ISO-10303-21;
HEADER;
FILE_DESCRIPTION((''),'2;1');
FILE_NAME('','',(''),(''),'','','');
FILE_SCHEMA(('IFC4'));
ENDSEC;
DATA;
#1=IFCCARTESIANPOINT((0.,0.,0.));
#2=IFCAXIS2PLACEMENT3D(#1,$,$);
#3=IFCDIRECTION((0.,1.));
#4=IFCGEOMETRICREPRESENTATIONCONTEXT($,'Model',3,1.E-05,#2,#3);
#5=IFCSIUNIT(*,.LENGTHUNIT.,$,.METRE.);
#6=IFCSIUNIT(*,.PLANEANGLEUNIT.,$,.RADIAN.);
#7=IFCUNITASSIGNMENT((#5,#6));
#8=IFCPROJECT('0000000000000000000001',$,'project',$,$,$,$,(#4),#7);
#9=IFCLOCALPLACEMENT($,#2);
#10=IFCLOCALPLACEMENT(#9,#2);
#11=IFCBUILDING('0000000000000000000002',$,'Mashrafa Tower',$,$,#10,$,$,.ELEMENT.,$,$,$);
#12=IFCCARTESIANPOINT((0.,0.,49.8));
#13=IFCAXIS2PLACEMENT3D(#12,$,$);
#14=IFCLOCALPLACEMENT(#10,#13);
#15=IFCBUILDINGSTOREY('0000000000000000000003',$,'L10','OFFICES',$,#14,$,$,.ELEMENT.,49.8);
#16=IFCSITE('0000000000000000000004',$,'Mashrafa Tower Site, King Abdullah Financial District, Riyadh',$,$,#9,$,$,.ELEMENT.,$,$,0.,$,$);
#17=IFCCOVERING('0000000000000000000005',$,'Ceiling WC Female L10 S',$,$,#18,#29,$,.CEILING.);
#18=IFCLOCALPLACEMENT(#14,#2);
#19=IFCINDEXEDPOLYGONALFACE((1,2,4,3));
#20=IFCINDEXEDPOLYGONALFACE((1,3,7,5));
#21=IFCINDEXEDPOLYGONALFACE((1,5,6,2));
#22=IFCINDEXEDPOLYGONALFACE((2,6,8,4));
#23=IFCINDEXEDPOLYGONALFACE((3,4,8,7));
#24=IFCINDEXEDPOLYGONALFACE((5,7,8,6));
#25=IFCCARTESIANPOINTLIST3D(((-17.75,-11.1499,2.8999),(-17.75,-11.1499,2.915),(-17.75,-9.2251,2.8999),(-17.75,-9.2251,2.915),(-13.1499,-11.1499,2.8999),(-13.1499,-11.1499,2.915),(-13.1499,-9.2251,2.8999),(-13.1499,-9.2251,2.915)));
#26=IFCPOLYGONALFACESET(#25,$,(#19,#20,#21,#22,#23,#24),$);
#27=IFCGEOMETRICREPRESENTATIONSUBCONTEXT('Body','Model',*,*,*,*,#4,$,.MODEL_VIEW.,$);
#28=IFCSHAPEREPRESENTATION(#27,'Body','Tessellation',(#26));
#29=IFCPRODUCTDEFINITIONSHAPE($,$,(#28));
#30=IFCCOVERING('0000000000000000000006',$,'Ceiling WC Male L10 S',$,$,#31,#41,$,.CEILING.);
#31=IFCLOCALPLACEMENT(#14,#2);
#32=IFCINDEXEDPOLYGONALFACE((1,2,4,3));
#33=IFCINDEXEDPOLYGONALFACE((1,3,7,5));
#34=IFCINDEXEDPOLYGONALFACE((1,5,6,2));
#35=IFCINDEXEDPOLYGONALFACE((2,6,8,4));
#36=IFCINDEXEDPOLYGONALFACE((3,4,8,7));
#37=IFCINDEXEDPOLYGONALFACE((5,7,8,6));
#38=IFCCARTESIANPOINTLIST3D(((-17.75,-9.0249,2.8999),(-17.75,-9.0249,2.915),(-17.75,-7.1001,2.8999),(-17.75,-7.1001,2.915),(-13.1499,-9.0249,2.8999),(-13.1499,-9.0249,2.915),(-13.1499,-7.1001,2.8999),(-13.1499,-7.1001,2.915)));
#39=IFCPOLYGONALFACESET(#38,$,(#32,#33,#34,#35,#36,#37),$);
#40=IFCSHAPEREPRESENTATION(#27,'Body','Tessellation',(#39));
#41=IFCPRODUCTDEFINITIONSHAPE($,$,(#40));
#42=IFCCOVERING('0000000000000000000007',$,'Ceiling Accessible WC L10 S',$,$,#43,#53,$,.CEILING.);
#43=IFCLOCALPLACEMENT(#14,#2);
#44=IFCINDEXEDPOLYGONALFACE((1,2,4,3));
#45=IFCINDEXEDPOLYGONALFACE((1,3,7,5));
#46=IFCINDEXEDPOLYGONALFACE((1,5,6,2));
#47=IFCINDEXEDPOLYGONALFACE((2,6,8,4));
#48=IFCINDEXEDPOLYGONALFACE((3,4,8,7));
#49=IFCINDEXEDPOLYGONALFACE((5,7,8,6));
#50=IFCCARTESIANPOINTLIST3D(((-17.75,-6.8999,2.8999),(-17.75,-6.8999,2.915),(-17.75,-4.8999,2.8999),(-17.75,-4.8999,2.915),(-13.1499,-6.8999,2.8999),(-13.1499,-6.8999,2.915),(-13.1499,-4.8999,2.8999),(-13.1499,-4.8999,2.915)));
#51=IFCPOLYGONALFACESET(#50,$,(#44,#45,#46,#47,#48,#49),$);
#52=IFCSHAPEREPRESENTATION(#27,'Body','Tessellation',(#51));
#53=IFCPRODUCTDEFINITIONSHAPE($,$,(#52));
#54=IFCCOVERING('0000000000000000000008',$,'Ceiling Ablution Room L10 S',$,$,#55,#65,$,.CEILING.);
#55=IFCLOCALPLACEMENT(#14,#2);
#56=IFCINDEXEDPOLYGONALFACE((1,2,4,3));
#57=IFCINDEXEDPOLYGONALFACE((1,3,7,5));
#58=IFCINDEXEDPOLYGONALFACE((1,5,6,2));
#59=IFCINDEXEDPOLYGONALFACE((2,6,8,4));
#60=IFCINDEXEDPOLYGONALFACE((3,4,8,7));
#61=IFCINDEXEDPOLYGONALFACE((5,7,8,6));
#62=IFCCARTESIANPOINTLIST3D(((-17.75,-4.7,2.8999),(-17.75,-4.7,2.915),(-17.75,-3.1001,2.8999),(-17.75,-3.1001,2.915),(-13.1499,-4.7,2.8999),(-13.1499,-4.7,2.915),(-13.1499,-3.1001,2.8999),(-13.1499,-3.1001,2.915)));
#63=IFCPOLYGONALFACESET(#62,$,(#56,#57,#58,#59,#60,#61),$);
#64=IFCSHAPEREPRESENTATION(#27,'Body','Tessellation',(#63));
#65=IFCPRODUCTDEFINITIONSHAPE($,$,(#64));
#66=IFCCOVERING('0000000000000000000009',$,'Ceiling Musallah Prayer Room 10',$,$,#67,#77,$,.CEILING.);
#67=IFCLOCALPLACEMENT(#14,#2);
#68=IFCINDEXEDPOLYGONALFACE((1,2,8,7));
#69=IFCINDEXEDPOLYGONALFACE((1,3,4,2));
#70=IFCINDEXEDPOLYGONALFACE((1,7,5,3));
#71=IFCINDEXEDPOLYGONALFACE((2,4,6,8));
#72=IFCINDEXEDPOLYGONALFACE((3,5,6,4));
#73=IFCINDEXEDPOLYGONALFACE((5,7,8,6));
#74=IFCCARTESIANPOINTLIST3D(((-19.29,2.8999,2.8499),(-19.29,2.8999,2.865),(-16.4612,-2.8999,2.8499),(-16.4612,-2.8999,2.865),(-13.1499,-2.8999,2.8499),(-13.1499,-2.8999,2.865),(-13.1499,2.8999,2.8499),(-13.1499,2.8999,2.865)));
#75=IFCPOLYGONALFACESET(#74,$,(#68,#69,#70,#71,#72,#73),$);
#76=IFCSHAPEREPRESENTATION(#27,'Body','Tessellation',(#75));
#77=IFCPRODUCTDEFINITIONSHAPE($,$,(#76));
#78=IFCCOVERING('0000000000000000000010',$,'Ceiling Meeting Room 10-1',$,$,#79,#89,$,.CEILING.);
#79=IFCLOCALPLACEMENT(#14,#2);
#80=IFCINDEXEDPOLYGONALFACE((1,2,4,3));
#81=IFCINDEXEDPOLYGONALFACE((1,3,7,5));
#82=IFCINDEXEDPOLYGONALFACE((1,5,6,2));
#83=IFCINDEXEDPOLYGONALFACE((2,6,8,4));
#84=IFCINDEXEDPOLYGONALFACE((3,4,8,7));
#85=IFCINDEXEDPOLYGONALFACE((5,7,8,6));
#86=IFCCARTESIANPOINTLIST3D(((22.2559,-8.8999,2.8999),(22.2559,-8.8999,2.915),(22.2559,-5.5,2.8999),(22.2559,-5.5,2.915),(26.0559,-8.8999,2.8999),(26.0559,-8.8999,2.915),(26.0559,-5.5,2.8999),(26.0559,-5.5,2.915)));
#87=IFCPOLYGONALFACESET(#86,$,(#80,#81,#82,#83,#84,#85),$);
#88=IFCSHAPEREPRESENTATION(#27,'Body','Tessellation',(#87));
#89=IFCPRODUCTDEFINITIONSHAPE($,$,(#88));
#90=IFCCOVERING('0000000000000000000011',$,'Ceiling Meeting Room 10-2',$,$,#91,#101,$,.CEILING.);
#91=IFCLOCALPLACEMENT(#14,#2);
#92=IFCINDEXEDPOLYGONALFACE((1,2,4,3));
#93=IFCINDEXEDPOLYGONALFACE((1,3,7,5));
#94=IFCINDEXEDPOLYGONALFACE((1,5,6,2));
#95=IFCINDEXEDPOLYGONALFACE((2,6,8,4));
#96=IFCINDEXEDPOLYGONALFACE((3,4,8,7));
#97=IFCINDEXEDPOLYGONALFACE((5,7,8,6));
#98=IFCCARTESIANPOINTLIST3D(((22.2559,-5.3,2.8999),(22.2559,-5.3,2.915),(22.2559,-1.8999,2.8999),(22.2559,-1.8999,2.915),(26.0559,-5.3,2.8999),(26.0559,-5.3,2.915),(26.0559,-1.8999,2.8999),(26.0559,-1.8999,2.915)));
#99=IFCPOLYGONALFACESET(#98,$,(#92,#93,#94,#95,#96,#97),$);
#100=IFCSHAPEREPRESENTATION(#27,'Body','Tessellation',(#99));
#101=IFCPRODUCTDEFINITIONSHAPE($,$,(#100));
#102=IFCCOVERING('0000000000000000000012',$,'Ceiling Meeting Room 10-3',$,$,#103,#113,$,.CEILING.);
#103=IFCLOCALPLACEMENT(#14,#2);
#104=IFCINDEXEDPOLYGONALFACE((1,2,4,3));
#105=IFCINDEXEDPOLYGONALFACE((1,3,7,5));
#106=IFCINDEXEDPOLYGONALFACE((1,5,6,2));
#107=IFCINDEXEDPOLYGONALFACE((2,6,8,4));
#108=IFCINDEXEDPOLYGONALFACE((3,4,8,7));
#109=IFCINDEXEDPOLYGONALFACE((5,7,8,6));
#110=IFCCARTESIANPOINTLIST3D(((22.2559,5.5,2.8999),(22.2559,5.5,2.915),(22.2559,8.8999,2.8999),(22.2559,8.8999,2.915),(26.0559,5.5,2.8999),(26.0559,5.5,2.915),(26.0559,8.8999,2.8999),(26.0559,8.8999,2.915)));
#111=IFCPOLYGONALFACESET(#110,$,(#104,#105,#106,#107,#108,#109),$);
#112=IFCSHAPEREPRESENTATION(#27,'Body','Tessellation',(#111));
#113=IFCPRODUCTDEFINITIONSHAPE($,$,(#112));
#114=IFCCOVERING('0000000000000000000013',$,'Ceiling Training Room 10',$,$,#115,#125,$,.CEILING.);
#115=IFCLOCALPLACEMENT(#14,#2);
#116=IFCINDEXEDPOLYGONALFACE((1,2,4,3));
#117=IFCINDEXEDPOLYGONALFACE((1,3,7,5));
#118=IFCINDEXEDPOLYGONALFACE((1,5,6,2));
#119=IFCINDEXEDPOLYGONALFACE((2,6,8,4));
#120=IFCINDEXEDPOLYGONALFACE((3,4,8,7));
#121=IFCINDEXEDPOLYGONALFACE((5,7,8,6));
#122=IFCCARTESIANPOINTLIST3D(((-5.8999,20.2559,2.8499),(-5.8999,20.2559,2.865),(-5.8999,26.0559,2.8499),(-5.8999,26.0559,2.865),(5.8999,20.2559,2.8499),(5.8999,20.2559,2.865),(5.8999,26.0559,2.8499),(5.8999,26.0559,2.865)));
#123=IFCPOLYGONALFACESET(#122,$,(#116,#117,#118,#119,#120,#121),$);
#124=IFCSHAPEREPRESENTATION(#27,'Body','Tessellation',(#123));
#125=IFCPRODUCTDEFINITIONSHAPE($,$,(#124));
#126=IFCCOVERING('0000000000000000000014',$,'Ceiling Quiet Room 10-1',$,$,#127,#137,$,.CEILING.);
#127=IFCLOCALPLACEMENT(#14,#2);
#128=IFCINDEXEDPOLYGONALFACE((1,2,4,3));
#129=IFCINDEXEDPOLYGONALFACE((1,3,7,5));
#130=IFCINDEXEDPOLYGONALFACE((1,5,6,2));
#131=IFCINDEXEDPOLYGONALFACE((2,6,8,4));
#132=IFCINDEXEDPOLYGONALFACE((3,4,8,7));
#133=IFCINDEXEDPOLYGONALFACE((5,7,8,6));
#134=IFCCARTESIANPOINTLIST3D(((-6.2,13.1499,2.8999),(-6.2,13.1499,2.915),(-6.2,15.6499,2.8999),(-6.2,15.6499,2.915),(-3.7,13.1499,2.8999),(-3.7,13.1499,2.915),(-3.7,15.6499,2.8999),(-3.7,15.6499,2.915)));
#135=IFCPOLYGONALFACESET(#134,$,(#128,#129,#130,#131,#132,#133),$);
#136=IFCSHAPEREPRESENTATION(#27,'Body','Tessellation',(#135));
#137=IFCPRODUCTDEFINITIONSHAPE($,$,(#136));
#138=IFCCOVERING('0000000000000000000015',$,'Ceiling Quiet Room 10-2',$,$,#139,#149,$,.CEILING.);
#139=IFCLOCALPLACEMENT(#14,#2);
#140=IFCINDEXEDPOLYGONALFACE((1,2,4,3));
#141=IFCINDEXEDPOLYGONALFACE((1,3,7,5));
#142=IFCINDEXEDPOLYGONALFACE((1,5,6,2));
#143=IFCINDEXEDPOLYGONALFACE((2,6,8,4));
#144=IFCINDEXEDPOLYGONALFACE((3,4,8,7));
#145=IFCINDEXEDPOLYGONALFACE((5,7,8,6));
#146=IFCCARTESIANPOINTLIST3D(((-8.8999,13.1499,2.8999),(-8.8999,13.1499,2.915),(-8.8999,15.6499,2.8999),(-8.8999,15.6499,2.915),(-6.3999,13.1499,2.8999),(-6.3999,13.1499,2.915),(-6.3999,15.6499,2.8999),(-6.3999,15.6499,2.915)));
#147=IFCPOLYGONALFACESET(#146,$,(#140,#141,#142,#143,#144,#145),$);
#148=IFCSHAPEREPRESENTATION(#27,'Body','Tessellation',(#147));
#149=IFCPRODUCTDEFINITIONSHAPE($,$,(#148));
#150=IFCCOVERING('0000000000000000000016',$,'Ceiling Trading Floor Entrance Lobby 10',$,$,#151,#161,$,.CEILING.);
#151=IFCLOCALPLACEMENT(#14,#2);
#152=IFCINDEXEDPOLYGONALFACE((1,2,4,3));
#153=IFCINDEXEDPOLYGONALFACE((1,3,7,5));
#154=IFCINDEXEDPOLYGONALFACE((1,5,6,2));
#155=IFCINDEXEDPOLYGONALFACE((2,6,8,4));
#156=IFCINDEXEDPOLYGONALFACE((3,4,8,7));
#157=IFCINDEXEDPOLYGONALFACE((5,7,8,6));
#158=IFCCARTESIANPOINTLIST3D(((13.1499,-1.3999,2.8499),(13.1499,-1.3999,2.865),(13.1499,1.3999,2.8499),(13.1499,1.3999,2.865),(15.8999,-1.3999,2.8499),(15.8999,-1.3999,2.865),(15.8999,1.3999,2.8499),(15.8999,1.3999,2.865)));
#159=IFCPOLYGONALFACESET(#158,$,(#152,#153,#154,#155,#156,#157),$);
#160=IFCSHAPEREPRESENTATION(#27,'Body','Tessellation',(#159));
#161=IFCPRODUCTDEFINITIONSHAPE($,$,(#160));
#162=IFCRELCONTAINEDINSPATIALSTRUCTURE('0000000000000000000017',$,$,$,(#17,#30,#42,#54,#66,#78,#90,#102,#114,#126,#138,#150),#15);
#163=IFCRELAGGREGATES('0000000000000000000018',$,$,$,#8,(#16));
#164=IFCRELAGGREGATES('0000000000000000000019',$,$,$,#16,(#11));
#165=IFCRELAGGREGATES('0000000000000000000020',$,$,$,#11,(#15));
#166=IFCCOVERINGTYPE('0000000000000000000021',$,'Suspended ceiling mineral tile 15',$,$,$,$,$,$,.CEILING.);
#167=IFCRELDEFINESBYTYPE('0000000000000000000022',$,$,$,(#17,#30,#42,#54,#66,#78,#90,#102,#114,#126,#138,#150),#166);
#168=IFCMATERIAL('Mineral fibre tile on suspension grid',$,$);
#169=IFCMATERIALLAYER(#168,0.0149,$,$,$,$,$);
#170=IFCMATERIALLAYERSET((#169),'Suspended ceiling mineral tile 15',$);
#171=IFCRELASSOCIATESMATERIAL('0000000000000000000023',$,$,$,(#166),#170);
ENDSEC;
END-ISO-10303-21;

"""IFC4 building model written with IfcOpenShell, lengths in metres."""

from ifc_helpers import new_model, si_unit, direction, frame, origin, place, context, subcontext, project, spatial, polyline, outline, extrude, material, layer, layer_set, type_object, element, save


model = new_model("IFC4")

# Units and contexts
model_context = context("Model", 3, precision=1e-05, world=origin(), true_north=direction((0.0, 1.0)))
body_context = subcontext(model_context, "Body", "Model", "MODEL_VIEW")
ifc_project = project(units=[si_unit("LENGTHUNIT", "METRE"), si_unit("PLANEANGLEUNIT", "RADIAN")], contexts=[model_context])

# Site, building, storey
site_placement = place(None, origin())
site = spatial("IfcSite", under=ifc_project, at=site_placement, Name="Mashrafa Tower Site, King Abdullah Financial District, Riyadh", CompositionType="ELEMENT", RefElevation=0.0)
building_placement = place(site_placement, origin())
building = spatial("IfcBuilding", under=site, at=building_placement, Name="Mashrafa Tower", CompositionType="ELEMENT")
storey_placement = place(building_placement, frame((0.0, 0.0, 49.8)))
storey = spatial("IfcBuildingStorey", under=building, at=storey_placement, Name="L10", Description="OFFICES", CompositionType="ELEMENT", Elevation=49.8)

# Coverings
ifc_material_1 = material(Name="Mineral fibre tile on suspension grid")
ifc_layer_1 = layer(ifc_material_1, 0.0149)
ifc_layer_set_1 = layer_set([ifc_layer_1], Name="Suspended ceiling mineral tile 15")
covering_type = type_object("IfcCoveringType", Name="Suspended ceiling mineral tile 15", PredefinedType="CEILING", material=ifc_layer_set_1)
covering_1_placement = place(storey_placement, frame((0.0, 0.0, 2.8999)))
element("IfcCovering", 1, at=covering_1_placement, inside=storey, type_object=covering_type, Name="Ceiling WC Female L10 S", PredefinedType="CEILING", context=body_context, shape_type="SweptSolid", body=[
    extrude(outline(polyline([(-17.75, -11.1499), (-17.75, -9.2251), (-13.1499, -9.2251), (-13.1499, -11.1499), (-17.75, -11.1499)])), origin(), (0.0, 0.0, 1.0), 0.0151),
])
covering_2_placement = place(storey_placement, frame((0.0, 0.0, 2.8999)))
element("IfcCovering", 2, at=covering_2_placement, inside=storey, type_object=covering_type, Name="Ceiling WC Male L10 S", PredefinedType="CEILING", context=body_context, shape_type="SweptSolid", body=[
    extrude(outline(polyline([(-17.75, -9.0249), (-17.75, -7.1001), (-13.1499, -7.1001), (-13.1499, -9.0249), (-17.75, -9.0249)])), origin(), (0.0, 0.0, 1.0), 0.0151),
])
covering_3_placement = place(storey_placement, frame((0.0, 0.0, 2.8999)))
element("IfcCovering", 3, at=covering_3_placement, inside=storey, type_object=covering_type, Name="Ceiling Accessible WC L10 S", PredefinedType="CEILING", context=body_context, shape_type="SweptSolid", body=[
    extrude(outline(polyline([(-17.75, -6.8999), (-17.75, -4.8999), (-13.1499, -4.8999), (-13.1499, -6.8999), (-17.75, -6.8999)])), origin(), (0.0, 0.0, 1.0), 0.0151),
])
covering_4_placement = place(storey_placement, frame((0.0, 0.0, 2.8999)))
element("IfcCovering", 4, at=covering_4_placement, inside=storey, type_object=covering_type, Name="Ceiling Ablution Room L10 S", PredefinedType="CEILING", context=body_context, shape_type="SweptSolid", body=[
    extrude(outline(polyline([(-17.75, -4.7), (-17.75, -3.1001), (-13.1499, -3.1001), (-13.1499, -4.7), (-17.75, -4.7)])), origin(), (0.0, 0.0, 1.0), 0.0151),
])
covering_5_placement = place(storey_placement, frame((0.0, 0.0, 2.8499)))
element("IfcCovering", 5, at=covering_5_placement, inside=storey, type_object=covering_type, Name="Ceiling Musallah Prayer Room 10", PredefinedType="CEILING", context=body_context, shape_type="SweptSolid", body=[
    extrude(outline(polyline([(-16.4612, -2.8999), (-19.29, 2.8999), (-13.1499, 2.8999), (-13.1499, -2.8999), (-16.4612, -2.8999)])), origin(), (0.0, 0.0, 1.0), 0.0151),
])
covering_6_placement = place(storey_placement, frame((0.0, 0.0, 2.8999)))
element("IfcCovering", 6, at=covering_6_placement, inside=storey, type_object=covering_type, Name="Ceiling Meeting Room 10-1", PredefinedType="CEILING", context=body_context, shape_type="SweptSolid", body=[
    extrude(outline(polyline([(22.2559, -5.5), (26.0559, -5.5), (26.0559, -8.8999), (22.2559, -8.8999), (22.2559, -5.5)])), origin(), (0.0, 0.0, 1.0), 0.0151),
])
covering_7_placement = place(storey_placement, frame((0.0, 0.0, 2.8999)))
element("IfcCovering", 7, at=covering_7_placement, inside=storey, type_object=covering_type, Name="Ceiling Meeting Room 10-2", PredefinedType="CEILING", context=body_context, shape_type="SweptSolid", body=[
    extrude(outline(polyline([(22.2559, -1.8999), (26.0559, -1.8999), (26.0559, -5.3), (22.2559, -5.3), (22.2559, -1.8999)])), origin(), (0.0, 0.0, 1.0), 0.0151),
])
covering_8_placement = place(storey_placement, frame((0.0, 0.0, 2.8999)))
element("IfcCovering", 8, at=covering_8_placement, inside=storey, type_object=covering_type, Name="Ceiling Meeting Room 10-3", PredefinedType="CEILING", context=body_context, shape_type="SweptSolid", body=[
    extrude(outline(polyline([(22.2559, 8.8999), (26.0559, 8.8999), (26.0559, 5.5), (22.2559, 5.5), (22.2559, 8.8999)])), origin(), (0.0, 0.0, 1.0), 0.0151),
])
covering_9_placement = place(storey_placement, frame((0.0, 0.0, 2.8499)))
element("IfcCovering", 9, at=covering_9_placement, inside=storey, type_object=covering_type, Name="Ceiling Training Room 10", PredefinedType="CEILING", context=body_context, shape_type="SweptSolid", body=[
    extrude(outline(polyline([(-5.8999, 26.0559), (5.8999, 26.0559), (5.8999, 20.2559), (-5.8999, 20.2559), (-5.8999, 26.0559)])), origin(), (0.0, 0.0, 1.0), 0.0151),
])
covering_10_placement = place(storey_placement, frame((0.0, 0.0, 2.8999)))
element("IfcCovering", 10, at=covering_10_placement, inside=storey, type_object=covering_type, Name="Ceiling Quiet Room 10-1", PredefinedType="CEILING", context=body_context, shape_type="SweptSolid", body=[
    extrude(outline(polyline([(-6.2, 15.6499), (-3.7, 15.6499), (-3.7, 13.1499), (-6.2, 13.1499), (-6.2, 15.6499)])), origin(), (0.0, 0.0, 1.0), 0.0151),
])
covering_11_placement = place(storey_placement, frame((0.0, 0.0, 2.8999)))
element("IfcCovering", 11, at=covering_11_placement, inside=storey, type_object=covering_type, Name="Ceiling Quiet Room 10-2", PredefinedType="CEILING", context=body_context, shape_type="SweptSolid", body=[
    extrude(outline(polyline([(-8.8999, 15.6499), (-6.3999, 15.6499), (-6.3999, 13.1499), (-8.8999, 13.1499), (-8.8999, 15.6499)])), origin(), (0.0, 0.0, 1.0), 0.0151),
])
covering_12_placement = place(storey_placement, frame((0.0, 0.0, 2.8499)))
element("IfcCovering", 12, at=covering_12_placement, inside=storey, type_object=covering_type, Name="Ceiling Trading Floor Entrance Lobby 10", PredefinedType="CEILING", context=body_context, shape_type="SweptSolid", body=[
    extrude(outline(polyline([(13.1499, 1.3999), (15.8999, 1.3999), (15.8999, -1.3999), (13.1499, -1.3999), (13.1499, 1.3999)])), origin(), (0.0, 0.0, 1.0), 0.0151),
])

save(model, "model.ifc")
